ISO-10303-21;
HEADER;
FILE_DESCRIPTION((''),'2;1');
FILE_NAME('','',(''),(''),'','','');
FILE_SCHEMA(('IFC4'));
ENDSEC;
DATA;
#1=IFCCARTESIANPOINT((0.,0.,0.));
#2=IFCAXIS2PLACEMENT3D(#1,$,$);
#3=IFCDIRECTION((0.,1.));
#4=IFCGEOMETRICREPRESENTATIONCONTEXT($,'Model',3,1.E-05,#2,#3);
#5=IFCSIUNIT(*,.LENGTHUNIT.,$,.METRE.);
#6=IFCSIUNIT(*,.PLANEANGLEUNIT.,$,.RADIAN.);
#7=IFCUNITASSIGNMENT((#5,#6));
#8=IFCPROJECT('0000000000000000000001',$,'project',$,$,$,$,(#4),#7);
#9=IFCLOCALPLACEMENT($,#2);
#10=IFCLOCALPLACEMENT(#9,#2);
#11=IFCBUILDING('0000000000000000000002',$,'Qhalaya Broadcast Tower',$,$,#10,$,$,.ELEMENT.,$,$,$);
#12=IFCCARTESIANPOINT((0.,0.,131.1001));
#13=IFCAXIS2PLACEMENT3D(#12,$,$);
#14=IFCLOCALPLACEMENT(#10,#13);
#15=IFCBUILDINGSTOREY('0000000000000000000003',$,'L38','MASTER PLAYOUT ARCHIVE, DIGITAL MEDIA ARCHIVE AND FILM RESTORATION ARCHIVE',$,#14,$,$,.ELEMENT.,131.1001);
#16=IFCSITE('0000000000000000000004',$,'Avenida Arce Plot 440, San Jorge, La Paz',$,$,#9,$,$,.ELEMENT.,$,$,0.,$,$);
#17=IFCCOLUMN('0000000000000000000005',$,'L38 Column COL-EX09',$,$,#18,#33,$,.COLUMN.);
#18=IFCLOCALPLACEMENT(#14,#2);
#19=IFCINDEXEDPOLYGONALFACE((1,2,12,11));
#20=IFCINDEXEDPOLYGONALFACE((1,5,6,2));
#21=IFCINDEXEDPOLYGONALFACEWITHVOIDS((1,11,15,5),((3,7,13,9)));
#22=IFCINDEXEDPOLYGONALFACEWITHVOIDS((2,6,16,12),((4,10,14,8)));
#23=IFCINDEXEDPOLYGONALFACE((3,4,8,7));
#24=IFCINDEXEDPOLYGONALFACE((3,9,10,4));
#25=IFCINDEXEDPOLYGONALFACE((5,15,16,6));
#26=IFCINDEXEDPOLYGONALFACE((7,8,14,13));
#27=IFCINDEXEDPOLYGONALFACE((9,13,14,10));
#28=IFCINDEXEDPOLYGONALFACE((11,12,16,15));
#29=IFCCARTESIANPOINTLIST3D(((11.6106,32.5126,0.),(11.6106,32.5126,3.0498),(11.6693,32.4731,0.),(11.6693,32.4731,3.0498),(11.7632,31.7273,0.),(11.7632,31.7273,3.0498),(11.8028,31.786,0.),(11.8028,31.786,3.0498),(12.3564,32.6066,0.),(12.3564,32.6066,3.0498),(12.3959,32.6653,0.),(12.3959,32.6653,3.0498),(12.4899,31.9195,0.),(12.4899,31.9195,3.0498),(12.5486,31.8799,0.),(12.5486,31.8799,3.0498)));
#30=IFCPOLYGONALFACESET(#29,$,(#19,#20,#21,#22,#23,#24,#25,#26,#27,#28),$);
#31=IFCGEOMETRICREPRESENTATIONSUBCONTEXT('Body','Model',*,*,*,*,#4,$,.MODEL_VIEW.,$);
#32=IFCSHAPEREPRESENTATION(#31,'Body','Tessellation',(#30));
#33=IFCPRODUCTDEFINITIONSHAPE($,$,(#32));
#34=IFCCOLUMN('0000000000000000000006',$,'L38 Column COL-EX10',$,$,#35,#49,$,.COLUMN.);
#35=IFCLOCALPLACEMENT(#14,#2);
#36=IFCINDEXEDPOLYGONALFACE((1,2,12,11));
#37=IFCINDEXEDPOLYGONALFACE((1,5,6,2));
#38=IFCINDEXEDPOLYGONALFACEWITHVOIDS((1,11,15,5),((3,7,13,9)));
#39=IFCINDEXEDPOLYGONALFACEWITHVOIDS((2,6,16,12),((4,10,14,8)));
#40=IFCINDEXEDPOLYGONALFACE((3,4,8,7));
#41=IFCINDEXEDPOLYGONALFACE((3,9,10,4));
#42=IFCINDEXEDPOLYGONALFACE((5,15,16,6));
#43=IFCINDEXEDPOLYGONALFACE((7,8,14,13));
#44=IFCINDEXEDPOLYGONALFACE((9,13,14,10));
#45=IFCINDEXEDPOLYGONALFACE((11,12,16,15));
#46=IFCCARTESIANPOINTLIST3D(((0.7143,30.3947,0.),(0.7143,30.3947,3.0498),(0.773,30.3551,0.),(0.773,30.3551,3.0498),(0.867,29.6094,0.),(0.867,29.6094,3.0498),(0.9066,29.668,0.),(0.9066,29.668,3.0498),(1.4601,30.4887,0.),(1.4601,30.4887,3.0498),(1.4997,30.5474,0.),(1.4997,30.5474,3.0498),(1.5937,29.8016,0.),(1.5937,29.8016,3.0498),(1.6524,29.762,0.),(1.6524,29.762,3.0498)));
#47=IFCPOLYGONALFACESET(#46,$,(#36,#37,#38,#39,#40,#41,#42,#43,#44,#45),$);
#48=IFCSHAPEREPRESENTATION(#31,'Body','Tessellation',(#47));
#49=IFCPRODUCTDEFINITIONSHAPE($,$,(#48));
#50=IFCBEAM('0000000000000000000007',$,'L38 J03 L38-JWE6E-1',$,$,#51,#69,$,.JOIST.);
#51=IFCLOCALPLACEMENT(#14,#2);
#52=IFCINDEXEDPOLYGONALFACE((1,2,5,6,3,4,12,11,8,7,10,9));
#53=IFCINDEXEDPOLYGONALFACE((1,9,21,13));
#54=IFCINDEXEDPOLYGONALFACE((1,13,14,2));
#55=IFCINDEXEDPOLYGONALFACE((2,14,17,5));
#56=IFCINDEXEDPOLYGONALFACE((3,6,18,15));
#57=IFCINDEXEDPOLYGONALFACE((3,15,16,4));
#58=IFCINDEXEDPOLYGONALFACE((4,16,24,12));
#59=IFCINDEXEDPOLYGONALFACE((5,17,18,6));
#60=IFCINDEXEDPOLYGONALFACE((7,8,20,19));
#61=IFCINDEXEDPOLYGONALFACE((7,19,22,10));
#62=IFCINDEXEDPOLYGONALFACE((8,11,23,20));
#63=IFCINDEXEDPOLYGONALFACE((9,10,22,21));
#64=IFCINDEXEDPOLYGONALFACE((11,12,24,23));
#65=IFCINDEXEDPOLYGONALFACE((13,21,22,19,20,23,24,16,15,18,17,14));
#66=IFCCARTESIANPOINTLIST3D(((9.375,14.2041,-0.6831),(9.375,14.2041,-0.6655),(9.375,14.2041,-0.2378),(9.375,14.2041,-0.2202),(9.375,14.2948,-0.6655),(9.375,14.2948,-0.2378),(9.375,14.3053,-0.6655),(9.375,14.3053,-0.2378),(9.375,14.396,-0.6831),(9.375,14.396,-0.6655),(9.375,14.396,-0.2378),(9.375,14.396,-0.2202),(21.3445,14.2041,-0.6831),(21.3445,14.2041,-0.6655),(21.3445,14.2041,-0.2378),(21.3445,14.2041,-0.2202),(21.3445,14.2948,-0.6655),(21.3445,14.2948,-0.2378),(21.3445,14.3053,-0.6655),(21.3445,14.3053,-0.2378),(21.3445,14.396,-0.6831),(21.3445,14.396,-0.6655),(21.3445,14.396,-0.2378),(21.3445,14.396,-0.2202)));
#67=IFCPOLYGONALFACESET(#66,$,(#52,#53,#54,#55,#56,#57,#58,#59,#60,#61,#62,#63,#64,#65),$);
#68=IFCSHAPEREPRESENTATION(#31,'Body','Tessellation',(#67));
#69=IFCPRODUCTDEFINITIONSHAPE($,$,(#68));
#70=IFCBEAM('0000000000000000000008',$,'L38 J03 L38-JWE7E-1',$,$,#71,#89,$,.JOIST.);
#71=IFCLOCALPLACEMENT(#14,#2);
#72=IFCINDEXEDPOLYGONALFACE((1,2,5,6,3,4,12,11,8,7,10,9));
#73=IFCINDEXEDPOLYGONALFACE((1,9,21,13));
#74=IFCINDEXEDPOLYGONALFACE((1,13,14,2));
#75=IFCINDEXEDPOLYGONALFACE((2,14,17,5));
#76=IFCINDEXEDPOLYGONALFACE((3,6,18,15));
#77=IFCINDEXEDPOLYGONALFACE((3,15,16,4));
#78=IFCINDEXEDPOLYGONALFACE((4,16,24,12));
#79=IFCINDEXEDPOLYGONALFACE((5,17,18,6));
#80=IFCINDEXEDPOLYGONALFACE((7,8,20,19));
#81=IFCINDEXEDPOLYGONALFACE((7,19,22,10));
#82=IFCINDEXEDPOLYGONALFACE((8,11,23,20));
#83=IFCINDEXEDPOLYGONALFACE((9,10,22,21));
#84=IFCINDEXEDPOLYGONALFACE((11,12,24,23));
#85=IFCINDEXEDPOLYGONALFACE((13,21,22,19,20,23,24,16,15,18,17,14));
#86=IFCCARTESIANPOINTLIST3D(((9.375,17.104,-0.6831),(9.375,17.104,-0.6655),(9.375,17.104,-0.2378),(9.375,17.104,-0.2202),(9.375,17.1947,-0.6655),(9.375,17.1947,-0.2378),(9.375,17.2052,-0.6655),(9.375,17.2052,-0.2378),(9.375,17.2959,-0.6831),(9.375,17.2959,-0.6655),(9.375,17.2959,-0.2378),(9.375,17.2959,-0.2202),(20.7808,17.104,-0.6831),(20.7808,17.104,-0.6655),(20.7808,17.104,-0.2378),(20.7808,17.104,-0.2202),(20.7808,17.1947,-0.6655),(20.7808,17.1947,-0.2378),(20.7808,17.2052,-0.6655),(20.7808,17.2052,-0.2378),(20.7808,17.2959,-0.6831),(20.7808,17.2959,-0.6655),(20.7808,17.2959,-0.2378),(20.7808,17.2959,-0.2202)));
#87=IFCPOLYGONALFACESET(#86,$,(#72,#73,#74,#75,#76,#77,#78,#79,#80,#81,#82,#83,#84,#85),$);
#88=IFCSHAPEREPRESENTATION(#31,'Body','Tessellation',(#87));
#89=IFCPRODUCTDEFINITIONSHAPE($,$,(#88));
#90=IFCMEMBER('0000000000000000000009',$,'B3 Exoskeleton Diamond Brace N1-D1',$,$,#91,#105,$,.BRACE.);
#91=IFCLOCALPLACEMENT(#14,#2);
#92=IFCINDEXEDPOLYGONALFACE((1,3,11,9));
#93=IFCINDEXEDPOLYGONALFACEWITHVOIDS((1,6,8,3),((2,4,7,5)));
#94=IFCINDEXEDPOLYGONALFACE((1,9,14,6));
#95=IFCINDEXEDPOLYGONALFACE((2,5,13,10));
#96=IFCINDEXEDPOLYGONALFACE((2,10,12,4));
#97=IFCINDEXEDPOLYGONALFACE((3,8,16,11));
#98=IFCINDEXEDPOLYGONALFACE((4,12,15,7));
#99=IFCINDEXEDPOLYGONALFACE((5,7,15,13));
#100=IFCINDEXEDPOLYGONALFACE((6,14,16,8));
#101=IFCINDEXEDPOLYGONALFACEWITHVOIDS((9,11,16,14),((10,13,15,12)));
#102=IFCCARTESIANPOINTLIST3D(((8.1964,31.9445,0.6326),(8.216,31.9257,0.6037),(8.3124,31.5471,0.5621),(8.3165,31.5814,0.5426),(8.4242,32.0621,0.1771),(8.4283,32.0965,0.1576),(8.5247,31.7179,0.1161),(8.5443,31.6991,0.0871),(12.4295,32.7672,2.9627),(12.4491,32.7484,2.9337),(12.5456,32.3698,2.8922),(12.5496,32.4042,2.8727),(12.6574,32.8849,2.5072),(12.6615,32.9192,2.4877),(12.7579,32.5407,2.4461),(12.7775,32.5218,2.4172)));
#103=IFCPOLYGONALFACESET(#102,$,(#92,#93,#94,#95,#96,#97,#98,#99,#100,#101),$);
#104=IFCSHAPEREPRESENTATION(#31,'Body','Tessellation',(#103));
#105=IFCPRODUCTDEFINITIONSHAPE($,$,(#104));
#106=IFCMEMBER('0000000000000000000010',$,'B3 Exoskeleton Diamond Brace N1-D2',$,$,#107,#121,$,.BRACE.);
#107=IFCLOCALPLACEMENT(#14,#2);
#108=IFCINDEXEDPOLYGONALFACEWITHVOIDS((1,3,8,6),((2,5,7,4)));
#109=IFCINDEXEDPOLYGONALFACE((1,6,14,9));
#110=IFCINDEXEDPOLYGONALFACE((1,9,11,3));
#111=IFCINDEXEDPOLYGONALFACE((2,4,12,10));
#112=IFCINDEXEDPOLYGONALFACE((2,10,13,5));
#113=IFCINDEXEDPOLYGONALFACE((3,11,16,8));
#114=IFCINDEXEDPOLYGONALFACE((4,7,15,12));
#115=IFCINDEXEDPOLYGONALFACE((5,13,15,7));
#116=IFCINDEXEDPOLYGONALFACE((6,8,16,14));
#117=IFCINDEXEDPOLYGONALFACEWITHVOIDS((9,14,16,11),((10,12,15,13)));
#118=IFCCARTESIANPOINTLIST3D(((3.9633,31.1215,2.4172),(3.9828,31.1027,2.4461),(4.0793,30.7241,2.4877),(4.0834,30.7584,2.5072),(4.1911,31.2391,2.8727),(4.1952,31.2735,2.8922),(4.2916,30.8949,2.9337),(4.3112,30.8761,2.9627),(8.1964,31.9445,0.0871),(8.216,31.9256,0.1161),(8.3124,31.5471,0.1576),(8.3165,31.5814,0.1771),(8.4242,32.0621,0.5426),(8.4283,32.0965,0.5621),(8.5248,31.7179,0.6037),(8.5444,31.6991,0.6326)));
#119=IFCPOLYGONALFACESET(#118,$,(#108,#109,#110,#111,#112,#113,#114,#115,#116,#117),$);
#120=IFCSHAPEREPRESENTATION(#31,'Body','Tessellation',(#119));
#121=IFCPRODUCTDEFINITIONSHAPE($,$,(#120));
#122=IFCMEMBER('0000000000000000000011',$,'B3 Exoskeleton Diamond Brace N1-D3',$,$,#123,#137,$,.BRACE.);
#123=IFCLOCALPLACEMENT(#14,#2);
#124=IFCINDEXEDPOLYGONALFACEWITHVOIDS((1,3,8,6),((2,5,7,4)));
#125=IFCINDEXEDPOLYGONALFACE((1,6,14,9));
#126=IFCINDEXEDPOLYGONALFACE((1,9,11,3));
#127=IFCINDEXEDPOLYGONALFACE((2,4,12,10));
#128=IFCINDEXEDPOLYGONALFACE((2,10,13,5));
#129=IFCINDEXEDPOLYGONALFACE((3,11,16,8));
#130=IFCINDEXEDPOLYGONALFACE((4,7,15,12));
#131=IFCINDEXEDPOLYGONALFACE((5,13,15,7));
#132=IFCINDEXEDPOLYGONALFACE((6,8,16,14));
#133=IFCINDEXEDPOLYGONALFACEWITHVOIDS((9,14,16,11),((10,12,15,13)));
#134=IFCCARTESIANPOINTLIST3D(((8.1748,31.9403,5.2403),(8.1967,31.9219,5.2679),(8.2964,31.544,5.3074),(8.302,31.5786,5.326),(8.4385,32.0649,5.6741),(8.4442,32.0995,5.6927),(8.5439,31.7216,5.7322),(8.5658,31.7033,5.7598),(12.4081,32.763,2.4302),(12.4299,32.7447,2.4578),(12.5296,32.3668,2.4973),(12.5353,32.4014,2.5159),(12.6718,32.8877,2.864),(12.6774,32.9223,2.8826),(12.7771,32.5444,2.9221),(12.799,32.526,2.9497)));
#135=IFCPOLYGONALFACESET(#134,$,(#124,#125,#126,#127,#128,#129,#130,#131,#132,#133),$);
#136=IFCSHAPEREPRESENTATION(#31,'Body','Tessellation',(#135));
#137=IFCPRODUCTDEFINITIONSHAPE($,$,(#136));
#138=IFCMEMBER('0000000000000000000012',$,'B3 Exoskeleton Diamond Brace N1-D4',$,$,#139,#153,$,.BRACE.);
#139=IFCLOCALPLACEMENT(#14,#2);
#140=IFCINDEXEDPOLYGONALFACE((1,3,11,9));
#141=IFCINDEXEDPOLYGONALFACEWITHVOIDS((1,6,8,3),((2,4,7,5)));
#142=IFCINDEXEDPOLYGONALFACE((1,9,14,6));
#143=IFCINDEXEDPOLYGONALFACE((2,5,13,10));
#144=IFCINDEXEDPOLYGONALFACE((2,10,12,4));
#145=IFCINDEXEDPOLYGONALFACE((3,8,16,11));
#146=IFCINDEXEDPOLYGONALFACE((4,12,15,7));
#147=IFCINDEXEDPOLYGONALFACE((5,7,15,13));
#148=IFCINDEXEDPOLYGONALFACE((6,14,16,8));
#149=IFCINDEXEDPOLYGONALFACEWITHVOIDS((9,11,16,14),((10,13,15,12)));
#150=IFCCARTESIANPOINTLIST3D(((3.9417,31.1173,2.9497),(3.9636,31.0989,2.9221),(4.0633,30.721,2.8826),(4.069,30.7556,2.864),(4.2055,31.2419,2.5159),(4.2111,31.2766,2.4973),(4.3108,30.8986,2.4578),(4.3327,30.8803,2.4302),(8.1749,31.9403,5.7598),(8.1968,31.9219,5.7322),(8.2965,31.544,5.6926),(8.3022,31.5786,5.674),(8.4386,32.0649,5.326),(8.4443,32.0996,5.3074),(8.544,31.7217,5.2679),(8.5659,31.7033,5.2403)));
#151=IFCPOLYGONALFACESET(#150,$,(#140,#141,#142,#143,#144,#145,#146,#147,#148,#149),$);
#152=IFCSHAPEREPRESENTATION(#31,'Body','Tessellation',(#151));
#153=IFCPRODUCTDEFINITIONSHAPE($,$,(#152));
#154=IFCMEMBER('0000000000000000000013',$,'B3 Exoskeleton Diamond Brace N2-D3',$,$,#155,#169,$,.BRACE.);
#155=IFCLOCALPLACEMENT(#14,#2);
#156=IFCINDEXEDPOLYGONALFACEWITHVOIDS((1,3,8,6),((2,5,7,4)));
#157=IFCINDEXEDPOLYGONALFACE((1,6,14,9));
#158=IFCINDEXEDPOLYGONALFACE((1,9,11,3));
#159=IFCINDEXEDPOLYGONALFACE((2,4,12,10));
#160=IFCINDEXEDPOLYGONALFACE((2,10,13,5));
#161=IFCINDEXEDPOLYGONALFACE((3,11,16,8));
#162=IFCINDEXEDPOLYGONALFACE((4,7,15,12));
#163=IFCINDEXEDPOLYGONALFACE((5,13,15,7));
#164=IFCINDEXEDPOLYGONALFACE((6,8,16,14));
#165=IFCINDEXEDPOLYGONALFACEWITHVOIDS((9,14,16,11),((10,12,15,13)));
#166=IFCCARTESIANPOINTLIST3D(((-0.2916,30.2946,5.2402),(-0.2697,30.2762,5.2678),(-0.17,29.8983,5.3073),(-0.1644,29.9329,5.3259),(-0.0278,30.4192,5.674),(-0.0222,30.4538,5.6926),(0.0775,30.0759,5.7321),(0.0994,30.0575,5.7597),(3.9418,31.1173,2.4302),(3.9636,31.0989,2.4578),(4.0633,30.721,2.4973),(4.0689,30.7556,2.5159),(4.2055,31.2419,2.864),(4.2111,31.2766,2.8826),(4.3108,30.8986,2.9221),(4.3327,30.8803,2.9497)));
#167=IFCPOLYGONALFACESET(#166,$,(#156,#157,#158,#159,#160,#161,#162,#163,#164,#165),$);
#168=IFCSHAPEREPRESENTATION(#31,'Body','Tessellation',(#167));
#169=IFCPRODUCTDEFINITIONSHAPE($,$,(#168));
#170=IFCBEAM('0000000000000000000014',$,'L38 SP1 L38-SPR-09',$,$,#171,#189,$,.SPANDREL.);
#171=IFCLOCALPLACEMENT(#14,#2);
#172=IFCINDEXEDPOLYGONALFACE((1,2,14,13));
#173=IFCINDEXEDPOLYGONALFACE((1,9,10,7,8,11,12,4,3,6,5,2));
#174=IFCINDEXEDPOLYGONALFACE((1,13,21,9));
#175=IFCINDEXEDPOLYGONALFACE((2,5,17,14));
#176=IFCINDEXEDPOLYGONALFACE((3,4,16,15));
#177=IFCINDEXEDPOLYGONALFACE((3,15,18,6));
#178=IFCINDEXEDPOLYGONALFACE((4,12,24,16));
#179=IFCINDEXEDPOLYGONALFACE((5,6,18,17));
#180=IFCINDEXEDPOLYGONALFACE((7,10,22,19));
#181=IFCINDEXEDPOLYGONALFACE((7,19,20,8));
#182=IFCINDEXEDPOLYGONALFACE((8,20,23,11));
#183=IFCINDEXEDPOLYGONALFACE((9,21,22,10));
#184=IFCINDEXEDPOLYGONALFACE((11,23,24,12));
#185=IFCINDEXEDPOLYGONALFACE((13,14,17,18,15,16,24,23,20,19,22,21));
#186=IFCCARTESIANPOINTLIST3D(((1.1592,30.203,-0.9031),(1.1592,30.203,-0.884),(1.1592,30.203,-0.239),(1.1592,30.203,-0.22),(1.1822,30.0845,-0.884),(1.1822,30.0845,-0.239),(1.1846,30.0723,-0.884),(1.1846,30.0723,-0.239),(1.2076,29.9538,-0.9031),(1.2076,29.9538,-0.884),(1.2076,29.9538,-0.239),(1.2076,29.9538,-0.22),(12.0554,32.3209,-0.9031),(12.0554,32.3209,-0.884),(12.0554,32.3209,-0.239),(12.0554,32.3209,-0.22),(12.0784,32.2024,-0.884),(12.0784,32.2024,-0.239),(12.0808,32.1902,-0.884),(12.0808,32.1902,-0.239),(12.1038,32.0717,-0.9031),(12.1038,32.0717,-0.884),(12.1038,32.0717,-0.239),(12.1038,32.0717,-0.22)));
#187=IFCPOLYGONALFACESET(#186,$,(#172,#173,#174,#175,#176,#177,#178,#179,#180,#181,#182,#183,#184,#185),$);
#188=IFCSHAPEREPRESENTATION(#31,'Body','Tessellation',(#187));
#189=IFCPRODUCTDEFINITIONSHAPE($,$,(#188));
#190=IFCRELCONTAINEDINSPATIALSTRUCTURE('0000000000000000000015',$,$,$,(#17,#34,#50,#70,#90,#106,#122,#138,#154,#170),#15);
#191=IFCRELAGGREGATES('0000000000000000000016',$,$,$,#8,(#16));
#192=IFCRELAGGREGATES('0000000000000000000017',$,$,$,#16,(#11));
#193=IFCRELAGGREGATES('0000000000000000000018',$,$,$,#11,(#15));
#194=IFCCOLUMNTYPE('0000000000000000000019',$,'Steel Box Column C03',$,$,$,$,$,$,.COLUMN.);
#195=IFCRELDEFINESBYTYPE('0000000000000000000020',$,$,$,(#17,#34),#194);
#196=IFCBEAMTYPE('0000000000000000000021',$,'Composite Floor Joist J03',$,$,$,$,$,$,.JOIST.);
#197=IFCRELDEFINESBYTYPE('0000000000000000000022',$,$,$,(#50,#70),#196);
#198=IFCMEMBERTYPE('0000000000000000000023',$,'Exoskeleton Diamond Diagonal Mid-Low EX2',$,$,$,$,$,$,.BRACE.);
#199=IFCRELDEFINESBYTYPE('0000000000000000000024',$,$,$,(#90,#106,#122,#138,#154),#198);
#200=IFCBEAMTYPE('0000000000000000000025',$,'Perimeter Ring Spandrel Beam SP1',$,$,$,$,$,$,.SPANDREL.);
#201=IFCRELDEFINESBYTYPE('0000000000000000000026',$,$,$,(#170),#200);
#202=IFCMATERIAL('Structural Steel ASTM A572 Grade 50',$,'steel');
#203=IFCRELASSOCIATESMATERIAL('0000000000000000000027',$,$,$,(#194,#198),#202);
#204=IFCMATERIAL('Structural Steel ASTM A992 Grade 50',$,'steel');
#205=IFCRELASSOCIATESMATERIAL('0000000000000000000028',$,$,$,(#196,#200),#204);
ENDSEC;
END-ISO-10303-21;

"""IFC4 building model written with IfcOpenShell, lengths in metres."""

from ifc_helpers import new_model, si_unit, direction, frame, origin, origin_2d, place, context, subcontext, project, spatial, hollow_rectangle, i_section, extrude, material, material_profile, profile_set, type_object, element, save


model = new_model("IFC4")

# Units and contexts
model_context = context("Model", 3, precision=1e-05, world=origin(), true_north=direction((0.0, 1.0)))
body_context = subcontext(model_context, "Body", "Model", "MODEL_VIEW")
ifc_project = project(units=[si_unit("LENGTHUNIT", "METRE"), si_unit("PLANEANGLEUNIT", "RADIAN")], contexts=[model_context])

# Site, building, storey
site_placement = place(None, origin())
site = spatial("IfcSite", under=ifc_project, at=site_placement, Name="Avenida Arce Plot 440, San Jorge, La Paz", CompositionType="ELEMENT", RefElevation=0.0)
building_placement = place(site_placement, origin())
building = spatial("IfcBuilding", under=site, at=building_placement, Name="Qhalaya Broadcast Tower", CompositionType="ELEMENT")
storey_placement = place(building_placement, frame((0.0, 0.0, 131.1001)))
storey = spatial("IfcBuildingStorey", under=building, at=storey_placement, Name="L38", Description="MASTER PLAYOUT ARCHIVE, DIGITAL MEDIA ARCHIVE AND FILM RESTORATION ARCHIVE", CompositionType="ELEMENT", Elevation=131.1001)

# Columns
ifc_material_1 = material(Name="Structural Steel ASTM A572 Grade 50", Category="steel")
ifc_material_profile_1 = material_profile(ifc_material_1, hollow_rectangle(XDim=0.8, YDim=0.8, WallThickness=0.05, at=origin_2d()), Name="BOX 800x800x50")
ifc_profile_set_1 = profile_set([ifc_material_profile_1], Name="Structural Steel ASTM A572 Grade 50")
column_type = type_object("IfcColumnType", Name="Steel Box Column C03", PredefinedType="COLUMN", material=ifc_profile_set_1)
for number, where, z_axis, x_axis, name in (
    (1, (12.0796, 32.1963, 0.0), (0.0, 0.0, 1.0), (0.981627, 0.190809, 0.0), "L38 Column COL-EX09"),
    (2, (1.1833, 30.0784, 0.0), (0.0, 0.0, 1.0), (0.981627, 0.190809, 0.0), "L38 Column COL-EX10"),
):
    element("IfcColumn", number, at=place(storey_placement, frame(where, z_axis=z_axis, x_axis=x_axis)), inside=storey, type_object=column_type, Name=name, PredefinedType="COLUMN", context=body_context, shape_type="SweptSolid", body=[
        extrude(hollow_rectangle(XDim=0.8, YDim=0.8, WallThickness=0.05, at=origin_2d()), origin(), (0.0, 0.0, 1.0), 3.0498),
    ])

# Beams
ifc_material_2 = material(Name="Structural Steel ASTM A992 Grade 50", Category="steel")
ifc_material_profile_2 = material_profile(ifc_material_2, i_section(OverallWidth=0.1919, OverallDepth=0.4629, WebThickness=0.0105, FlangeThickness=0.0176, at=origin_2d()), Name="W18X60")
ifc_profile_set_2 = profile_set([ifc_material_profile_2], Name="Structural Steel ASTM A992 Grade 50")
beam_type_1 = type_object("IfcBeamType", Name="Composite Floor Joist J03", PredefinedType="JOIST", material=ifc_profile_set_2)
beam_1_placement = place(storey_placement, frame((9.375, 14.3, -0.4517), z_axis=(1.0, 0.0, 0.0), x_axis=(0.0, 1.0, 0.0)))
element("IfcBeam", 3, at=beam_1_placement, inside=storey, type_object=beam_type_1, Name="L38 J03 L38-JWE6E-1", PredefinedType="JOIST", context=body_context, shape_type="SweptSolid", body=[
    extrude(i_section(OverallWidth=0.1919, OverallDepth=0.4629, WebThickness=0.0105, FlangeThickness=0.0176, at=origin_2d()), origin(), (0.0, 0.0, 1.0), 11.9695),
])
beam_2_placement = place(storey_placement, frame((9.375, 17.2, -0.4517), z_axis=(1.0, 0.0, 0.0), x_axis=(0.0, 1.0, 0.0)))
element("IfcBeam", 4, at=beam_2_placement, inside=storey, type_object=beam_type_1, Name="L38 J03 L38-JWE7E-1", PredefinedType="JOIST", context=body_context, shape_type="SweptSolid", body=[
    extrude(i_section(OverallWidth=0.1919, OverallDepth=0.4629, WebThickness=0.0105, FlangeThickness=0.0176, at=origin_2d()), origin(), (0.0, 0.0, 1.0), 11.4058),
])

# Members
ifc_material_profile_3 = material_profile(ifc_material_1, hollow_rectangle(XDim=0.4199, YDim=0.55, WallThickness=0.0281, at=origin_2d()), Name="BOX 420x550x28")
ifc_profile_set_3 = profile_set([ifc_material_profile_3], Name="Structural Steel ASTM A572 Grade 50")
member_type = type_object("IfcMemberType", Name="Exoskeleton Diamond Diagonal Mid-Low EX2", PredefinedType="BRACE", material=ifc_profile_set_3)
for number, where, z_axis, x_axis, name in (
    (5, (8.3704, 31.8218, 0.3599), (0.863625, 0.167854, 0.47537), (-0.276323, 0.94629, 0.167871), "B3 Exoskeleton Diamond Brace N1-D1"),
    (6, (8.3704, 31.8218, 0.3599), (-0.863618, -0.167902, 0.475366), (0.276375, -0.946275, 0.167871), "B3 Exoskeleton Diamond Brace N1-D2"),
):
    element("IfcMember", number, at=place(storey_placement, frame(where, z_axis=z_axis, x_axis=x_axis)), inside=storey, type_object=member_type, Name=name, PredefinedType="BRACE", context=body_context, shape_type="SweptSolid", body=[
        extrude(hollow_rectangle(XDim=0.4199, YDim=0.55, WallThickness=0.0281, at=origin_2d()), origin(), (0.0, 0.0, 1.0), 4.9016),
    ])
for number, where, z_axis, x_axis, name in (
    (7, (12.6035, 32.6445, 2.6899), (-0.82243, -0.159847, 0.545947), (0.289542, -0.943721, 0.159864), "B3 Exoskeleton Diamond Brace N1-D3"),
    (8, (4.1372, 30.9988, 2.6899), (0.822424, 0.159893, 0.545943), (-0.289594, 0.943705, 0.159864), "B3 Exoskeleton Diamond Brace N1-D4"),
    (9, (4.1372, 30.9988, 2.6899), (-0.822445, -0.159841, 0.545925), (0.289528, -0.943725, 0.159866), "B3 Exoskeleton Diamond Brace N2-D3"),
):
    element("IfcMember", number, at=place(storey_placement, frame(where, z_axis=z_axis, x_axis=x_axis)), inside=storey, type_object=member_type, Name=name, PredefinedType="BRACE", context=body_context, shape_type="SweptSolid", body=[
        extrude(hollow_rectangle(XDim=0.4199, YDim=0.55, WallThickness=0.0281, at=origin_2d()), origin(), (0.0, 0.0, 1.0), 5.1472),
    ])

# Beam
ifc_material_profile_4 = material_profile(ifc_material_2, i_section(OverallWidth=0.2539, OverallDepth=0.6831, WebThickness=0.0125, FlangeThickness=0.019, at=origin_2d()), Name="W27X94")
ifc_profile_set_4 = profile_set([ifc_material_profile_4], Name="Structural Steel ASTM A992 Grade 50")
beam_type_2 = type_object("IfcBeamType", Name="Perimeter Ring Spandrel Beam SP1", PredefinedType="SPANDREL", material=ifc_profile_set_4)
beam_3_placement = place(storey_placement, frame((12.0796, 32.1963, -0.5615), z_axis=(-0.981629, -0.190801, 0.0), x_axis=(0.190801, -0.981629, 0.0)))
element("IfcBeam", 10, at=beam_3_placement, inside=storey, type_object=beam_type_2, Name="L38 SP1 L38-SPR-09", PredefinedType="SPANDREL", context=body_context, shape_type="SweptSolid", body=[
    extrude(i_section(OverallWidth=0.2539, OverallDepth=0.6831, WebThickness=0.0125, FlangeThickness=0.019, at=origin_2d()), origin(), (0.0, 0.0, 1.0), 11.1001),
])

save(model, "model.ifc")
